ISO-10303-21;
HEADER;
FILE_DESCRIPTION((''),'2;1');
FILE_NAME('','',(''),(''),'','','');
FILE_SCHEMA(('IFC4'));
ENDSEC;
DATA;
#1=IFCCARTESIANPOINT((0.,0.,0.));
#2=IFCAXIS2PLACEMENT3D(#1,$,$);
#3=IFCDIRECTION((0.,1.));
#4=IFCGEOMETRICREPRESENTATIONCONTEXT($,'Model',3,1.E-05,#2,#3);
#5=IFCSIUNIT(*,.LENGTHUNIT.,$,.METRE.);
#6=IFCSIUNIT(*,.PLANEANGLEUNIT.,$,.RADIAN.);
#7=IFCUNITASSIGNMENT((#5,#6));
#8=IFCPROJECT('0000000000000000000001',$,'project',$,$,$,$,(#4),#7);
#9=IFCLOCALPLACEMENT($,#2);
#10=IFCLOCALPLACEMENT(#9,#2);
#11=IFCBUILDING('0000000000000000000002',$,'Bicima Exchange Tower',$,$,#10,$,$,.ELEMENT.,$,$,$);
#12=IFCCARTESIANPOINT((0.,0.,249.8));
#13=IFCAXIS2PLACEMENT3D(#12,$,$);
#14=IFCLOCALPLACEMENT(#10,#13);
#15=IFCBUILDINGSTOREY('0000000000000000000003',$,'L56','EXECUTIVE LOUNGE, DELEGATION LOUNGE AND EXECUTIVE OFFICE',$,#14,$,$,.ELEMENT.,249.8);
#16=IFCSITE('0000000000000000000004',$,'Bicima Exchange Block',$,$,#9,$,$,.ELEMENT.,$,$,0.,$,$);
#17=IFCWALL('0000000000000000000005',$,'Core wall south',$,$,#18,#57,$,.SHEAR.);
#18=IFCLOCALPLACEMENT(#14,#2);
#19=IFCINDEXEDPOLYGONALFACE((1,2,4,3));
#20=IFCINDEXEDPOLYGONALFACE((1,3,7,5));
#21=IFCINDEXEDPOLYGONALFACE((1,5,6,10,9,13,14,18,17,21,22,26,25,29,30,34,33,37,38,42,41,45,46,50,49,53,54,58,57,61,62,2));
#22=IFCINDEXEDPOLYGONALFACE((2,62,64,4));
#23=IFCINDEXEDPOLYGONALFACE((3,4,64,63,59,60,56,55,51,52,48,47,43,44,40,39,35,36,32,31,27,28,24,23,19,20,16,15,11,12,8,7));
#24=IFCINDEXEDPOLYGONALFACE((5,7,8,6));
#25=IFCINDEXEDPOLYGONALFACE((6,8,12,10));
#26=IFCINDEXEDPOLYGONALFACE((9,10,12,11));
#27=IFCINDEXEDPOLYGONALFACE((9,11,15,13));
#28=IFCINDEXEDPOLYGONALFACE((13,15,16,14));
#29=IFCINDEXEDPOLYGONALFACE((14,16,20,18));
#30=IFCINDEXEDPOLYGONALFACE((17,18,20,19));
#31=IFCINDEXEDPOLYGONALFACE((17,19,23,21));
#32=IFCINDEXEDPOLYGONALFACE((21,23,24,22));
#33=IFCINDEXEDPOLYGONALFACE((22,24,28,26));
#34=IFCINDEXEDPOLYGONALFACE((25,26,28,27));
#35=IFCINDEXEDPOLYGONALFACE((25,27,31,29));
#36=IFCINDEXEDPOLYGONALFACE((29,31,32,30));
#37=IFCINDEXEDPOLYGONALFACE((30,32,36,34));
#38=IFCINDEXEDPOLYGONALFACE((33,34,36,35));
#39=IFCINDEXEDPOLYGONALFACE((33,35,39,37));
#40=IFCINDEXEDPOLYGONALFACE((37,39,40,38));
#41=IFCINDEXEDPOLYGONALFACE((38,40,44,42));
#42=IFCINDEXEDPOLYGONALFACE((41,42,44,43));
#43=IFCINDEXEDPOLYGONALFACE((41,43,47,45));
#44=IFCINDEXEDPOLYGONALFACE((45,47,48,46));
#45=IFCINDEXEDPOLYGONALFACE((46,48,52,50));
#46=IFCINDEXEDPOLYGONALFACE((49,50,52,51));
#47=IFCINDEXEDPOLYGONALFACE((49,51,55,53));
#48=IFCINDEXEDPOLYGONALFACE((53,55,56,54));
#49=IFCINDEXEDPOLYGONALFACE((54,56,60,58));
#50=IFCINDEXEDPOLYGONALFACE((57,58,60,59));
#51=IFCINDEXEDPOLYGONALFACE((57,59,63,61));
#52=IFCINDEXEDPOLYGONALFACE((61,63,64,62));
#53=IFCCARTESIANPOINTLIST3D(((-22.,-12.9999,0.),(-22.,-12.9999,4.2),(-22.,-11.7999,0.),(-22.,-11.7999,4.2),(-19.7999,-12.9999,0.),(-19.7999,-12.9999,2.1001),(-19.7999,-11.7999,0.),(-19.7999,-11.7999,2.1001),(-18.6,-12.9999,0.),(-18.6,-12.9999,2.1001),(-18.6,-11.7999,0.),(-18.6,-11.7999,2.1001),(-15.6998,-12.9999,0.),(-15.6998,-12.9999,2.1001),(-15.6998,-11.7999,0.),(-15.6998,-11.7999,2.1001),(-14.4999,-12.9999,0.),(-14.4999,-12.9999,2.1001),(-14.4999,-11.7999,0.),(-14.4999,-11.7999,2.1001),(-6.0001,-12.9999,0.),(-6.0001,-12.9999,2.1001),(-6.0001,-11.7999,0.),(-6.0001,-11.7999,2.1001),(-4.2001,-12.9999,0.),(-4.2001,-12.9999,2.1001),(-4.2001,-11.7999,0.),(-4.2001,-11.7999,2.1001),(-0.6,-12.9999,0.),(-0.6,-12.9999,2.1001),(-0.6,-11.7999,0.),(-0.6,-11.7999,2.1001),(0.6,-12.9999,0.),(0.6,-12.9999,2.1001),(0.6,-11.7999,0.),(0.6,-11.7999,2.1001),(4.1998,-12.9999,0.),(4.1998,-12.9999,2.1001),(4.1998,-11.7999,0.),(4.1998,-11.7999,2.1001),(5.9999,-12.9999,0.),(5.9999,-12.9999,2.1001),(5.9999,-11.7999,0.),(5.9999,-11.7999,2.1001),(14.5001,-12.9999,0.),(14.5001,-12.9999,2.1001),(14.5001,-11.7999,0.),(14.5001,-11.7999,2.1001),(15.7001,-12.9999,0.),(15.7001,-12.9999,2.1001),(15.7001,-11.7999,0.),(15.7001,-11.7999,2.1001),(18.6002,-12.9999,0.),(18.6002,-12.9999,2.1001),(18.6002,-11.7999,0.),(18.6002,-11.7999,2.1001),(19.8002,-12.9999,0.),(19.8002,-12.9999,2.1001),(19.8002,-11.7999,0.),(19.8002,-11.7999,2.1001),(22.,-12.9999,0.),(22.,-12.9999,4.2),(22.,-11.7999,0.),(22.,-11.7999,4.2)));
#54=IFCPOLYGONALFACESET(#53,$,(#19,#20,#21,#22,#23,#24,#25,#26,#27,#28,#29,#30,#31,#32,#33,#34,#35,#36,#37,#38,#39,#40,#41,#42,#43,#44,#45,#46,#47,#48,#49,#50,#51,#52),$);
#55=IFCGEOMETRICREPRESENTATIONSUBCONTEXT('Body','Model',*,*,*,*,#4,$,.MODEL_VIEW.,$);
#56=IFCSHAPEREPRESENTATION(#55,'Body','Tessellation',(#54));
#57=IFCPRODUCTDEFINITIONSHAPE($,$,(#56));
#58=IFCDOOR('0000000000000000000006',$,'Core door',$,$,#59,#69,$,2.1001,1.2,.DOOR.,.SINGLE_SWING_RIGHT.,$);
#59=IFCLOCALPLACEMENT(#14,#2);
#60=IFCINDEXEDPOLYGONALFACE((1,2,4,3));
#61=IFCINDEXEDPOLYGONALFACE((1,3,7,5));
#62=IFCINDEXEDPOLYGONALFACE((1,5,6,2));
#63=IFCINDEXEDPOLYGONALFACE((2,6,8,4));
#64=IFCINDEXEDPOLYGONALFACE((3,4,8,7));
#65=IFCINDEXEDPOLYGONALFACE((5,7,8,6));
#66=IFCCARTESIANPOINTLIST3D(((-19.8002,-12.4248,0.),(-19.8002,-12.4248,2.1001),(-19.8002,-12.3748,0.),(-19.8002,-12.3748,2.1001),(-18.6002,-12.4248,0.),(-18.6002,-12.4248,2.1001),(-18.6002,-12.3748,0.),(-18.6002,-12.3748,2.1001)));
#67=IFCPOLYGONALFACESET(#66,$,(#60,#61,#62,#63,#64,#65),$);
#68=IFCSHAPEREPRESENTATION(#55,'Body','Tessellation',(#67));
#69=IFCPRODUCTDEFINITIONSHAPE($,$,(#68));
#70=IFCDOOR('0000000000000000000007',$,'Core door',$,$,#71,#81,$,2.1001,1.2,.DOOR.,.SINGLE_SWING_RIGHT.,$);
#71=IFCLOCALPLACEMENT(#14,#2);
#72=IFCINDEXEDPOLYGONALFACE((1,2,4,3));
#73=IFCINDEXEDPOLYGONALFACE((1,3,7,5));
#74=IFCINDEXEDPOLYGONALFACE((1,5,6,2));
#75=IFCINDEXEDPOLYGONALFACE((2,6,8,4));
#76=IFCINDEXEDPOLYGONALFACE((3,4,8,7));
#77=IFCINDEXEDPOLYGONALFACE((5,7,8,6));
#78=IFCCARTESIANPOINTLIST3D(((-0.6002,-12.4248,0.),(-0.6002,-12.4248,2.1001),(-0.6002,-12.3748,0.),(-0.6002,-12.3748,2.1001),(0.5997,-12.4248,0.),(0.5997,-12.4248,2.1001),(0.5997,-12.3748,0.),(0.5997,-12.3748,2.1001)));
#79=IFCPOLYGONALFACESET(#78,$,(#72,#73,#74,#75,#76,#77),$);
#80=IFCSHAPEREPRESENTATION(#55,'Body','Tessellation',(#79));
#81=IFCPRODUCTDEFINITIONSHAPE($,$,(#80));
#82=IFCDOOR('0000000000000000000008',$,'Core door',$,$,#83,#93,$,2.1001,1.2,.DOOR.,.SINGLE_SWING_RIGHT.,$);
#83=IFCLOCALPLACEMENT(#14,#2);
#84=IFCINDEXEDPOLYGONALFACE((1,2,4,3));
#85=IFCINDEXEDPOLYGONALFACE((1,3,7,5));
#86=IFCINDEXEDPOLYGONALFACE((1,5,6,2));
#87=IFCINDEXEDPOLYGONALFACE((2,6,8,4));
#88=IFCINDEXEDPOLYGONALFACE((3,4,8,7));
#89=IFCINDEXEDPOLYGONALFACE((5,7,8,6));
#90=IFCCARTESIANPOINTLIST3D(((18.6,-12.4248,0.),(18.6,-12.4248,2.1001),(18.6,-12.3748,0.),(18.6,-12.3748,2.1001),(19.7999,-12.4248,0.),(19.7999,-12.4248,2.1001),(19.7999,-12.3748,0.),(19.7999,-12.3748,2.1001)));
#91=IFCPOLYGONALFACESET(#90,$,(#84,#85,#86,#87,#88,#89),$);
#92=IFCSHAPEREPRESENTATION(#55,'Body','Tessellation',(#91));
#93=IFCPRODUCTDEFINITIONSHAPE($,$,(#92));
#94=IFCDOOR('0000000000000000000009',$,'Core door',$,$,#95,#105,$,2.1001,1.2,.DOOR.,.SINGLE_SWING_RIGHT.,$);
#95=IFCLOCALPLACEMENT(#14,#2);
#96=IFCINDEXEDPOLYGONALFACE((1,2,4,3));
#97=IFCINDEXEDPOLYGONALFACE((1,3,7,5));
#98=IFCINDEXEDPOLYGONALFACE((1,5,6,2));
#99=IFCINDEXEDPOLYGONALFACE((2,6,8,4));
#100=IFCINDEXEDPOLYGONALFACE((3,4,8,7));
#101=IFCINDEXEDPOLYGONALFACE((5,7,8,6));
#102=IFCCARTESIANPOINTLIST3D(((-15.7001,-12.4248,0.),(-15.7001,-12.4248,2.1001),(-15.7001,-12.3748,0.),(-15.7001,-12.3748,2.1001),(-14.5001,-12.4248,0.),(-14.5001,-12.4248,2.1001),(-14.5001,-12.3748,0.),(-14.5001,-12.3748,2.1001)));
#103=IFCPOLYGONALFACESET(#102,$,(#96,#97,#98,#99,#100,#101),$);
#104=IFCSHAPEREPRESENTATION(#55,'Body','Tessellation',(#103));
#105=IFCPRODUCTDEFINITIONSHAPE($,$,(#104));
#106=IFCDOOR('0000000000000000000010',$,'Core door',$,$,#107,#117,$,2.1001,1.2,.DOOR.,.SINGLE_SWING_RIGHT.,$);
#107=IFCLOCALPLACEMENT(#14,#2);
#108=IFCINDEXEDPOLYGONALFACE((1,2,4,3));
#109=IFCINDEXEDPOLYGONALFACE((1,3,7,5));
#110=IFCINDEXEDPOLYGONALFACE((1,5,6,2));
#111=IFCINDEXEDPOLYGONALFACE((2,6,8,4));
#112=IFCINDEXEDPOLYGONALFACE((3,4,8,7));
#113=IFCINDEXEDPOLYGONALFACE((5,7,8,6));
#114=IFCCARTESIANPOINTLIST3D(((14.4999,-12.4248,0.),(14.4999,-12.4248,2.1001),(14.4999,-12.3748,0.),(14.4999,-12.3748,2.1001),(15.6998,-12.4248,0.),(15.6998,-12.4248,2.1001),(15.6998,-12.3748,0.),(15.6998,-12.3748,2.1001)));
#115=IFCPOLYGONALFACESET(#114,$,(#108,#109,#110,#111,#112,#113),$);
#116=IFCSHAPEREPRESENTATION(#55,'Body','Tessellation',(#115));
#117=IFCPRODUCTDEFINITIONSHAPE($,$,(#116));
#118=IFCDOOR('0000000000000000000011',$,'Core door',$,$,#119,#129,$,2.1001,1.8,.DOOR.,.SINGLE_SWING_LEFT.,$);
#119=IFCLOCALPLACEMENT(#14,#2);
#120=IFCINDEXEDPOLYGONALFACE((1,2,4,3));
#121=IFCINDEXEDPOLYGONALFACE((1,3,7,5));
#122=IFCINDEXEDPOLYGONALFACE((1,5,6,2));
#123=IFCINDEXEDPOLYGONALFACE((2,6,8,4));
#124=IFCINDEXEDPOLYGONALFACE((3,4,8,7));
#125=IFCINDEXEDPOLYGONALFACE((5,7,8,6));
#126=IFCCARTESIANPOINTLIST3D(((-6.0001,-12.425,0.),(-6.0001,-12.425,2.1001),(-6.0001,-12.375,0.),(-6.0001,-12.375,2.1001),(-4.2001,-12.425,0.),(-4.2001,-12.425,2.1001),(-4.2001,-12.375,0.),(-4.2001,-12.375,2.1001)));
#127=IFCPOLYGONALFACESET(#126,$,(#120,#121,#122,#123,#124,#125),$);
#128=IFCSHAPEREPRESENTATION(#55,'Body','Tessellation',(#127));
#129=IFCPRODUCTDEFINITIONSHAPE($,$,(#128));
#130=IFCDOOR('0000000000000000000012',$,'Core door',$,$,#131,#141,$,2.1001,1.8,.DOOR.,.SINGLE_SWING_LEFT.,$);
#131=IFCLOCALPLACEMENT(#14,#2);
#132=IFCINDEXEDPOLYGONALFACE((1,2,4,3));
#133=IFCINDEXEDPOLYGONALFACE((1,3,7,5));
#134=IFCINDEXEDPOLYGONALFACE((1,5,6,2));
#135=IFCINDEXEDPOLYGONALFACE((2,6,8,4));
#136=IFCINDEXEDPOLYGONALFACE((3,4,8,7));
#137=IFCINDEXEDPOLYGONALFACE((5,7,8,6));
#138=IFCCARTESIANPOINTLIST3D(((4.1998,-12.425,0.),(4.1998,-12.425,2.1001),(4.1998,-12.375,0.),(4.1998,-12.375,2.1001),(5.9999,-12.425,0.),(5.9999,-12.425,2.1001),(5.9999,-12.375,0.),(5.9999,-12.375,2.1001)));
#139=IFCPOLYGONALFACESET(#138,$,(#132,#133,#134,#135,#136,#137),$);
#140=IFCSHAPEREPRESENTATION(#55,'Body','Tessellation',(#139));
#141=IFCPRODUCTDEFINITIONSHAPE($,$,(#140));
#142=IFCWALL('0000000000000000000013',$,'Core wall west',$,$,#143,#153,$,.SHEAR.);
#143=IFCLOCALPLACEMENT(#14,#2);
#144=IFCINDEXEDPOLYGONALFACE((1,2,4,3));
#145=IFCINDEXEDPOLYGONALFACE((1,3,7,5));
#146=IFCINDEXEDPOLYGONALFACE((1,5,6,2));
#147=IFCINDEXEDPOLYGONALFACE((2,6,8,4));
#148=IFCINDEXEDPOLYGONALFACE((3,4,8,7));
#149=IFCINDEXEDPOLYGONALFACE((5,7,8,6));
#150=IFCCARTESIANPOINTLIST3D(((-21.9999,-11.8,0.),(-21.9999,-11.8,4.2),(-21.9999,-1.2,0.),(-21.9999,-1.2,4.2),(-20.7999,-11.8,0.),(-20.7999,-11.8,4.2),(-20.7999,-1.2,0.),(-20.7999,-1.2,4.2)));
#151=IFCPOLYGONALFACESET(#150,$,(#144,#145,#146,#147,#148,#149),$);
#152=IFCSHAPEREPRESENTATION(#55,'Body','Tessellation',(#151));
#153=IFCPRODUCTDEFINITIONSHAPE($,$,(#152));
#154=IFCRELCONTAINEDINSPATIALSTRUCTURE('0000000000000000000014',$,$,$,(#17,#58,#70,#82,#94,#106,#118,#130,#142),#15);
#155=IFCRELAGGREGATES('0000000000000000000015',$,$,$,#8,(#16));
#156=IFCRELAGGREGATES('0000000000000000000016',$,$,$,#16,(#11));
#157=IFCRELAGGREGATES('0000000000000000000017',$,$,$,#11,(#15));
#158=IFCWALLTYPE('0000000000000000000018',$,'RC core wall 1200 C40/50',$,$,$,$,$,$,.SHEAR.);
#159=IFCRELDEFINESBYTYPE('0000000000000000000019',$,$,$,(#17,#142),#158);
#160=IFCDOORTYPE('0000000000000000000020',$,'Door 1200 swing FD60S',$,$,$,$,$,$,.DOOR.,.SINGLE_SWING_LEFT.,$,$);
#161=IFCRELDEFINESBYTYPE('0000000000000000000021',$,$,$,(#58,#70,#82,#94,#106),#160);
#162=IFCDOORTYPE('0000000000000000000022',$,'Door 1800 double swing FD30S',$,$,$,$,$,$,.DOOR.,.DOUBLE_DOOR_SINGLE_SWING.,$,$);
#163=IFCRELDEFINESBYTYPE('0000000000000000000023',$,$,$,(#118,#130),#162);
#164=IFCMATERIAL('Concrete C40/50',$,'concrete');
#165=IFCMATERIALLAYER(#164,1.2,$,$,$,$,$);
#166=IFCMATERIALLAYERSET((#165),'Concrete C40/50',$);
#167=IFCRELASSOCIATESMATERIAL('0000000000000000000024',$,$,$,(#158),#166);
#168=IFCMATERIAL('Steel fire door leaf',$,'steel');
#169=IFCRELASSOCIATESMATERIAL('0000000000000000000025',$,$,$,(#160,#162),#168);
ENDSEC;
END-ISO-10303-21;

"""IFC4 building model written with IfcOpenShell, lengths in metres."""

from ifc_helpers import new_model, si_unit, direction, frame, frame_2d, origin, place, context, subcontext, project, spatial, rectangle, extrude, material, layer, layer_set, type_object, element, fill, save


model = new_model("IFC4")

# Units and contexts
model_context = context("Model", 3, precision=1e-05, world=origin(), true_north=direction((0.0, 1.0)))
body_context = subcontext(model_context, "Body", "Model", "MODEL_VIEW")
ifc_project = project(units=[si_unit("LENGTHUNIT", "METRE"), si_unit("PLANEANGLEUNIT", "RADIAN")], contexts=[model_context])

# Site, building, storey
site_placement = place(None, origin())
site = spatial("IfcSite", under=ifc_project, at=site_placement, Name="Bicima Exchange Block", CompositionType="ELEMENT", RefElevation=0.0)
building_placement = place(site_placement, origin())
building = spatial("IfcBuilding", under=site, at=building_placement, Name="Bicima Exchange Tower", CompositionType="ELEMENT")
storey_placement = place(building_placement, frame((0.0, 0.0, 249.8)))
storey = spatial("IfcBuildingStorey", under=building, at=storey_placement, Name="L56", Description="EXECUTIVE LOUNGE, DELEGATION LOUNGE AND EXECUTIVE OFFICE", CompositionType="ELEMENT", Elevation=249.8)

# Wall, openings, doors
ifc_material_1 = material(Name="Concrete C40/50", Category="concrete")
ifc_layer_1 = layer(ifc_material_1, 1.2)
ifc_layer_set_1 = layer_set([ifc_layer_1], Name="Concrete C40/50")
wall_type_1 = type_object("IfcWallType", Name="RC core wall 1200 C40/50", PredefinedType="SHEAR", material=ifc_layer_set_1)
wall_1_placement = place(storey_placement, frame((-22.0, -12.3999, 0.0), z_axis=(0.0, 0.0, 1.0), x_axis=(1.0, 0.0, 0.0)))
wall_1 = element("IfcWall", 1, at=wall_1_placement, inside=storey, type_object=wall_type_1, Name="Core wall south", PredefinedType="SHEAR", context=body_context, shape_type="SweptSolid", body=[
    extrude(rectangle(XDim=44.0, YDim=1.2, at=frame_2d((22.0, 0.0))), origin(), (0.0, 0.0, 1.0), 4.2),
])
opening_1_placement = place(wall_1_placement, frame((2.2, 0.0, 0.0)))
opening_1 = element("IfcOpeningElement", 2, at=opening_1_placement, cuts=wall_1, PredefinedType="OPENING", context=body_context, shape_type="SweptSolid", body=[
    extrude(rectangle(XDim=1.2, YDim=2.1001, at=frame_2d((0.6001, 1.05))), frame((0.0, 0.6118, 0.0), z_axis=(0.0, -1.0, 0.0), x_axis=(1.0, 0.0, 0.0)), (0.0, 0.0, 1.0), 1.2239),
])
opening_2_placement = place(wall_1_placement, frame((21.3999, 0.0, 0.0)))
opening_2 = element("IfcOpeningElement", 3, at=opening_2_placement, cuts=wall_1, PredefinedType="OPENING", context=body_context, shape_type="SweptSolid", body=[
    extrude(rectangle(XDim=1.2, YDim=2.1001, at=frame_2d((0.6001, 1.05))), frame((0.0, 0.6118, 0.0), z_axis=(0.0, -1.0, 0.0), x_axis=(1.0, 0.0, 0.0)), (0.0, 0.0, 1.0), 1.2239),
])
opening_3_placement = place(wall_1_placement, frame((40.6001, 0.0, 0.0)))
opening_3 = element("IfcOpeningElement", 4, at=opening_3_placement, cuts=wall_1, PredefinedType="OPENING", context=body_context, shape_type="SweptSolid", body=[
    extrude(rectangle(XDim=1.2, YDim=2.1001, at=frame_2d((0.6001, 1.05))), frame((0.0, 0.6118, 0.0), z_axis=(0.0, -1.0, 0.0), x_axis=(1.0, 0.0, 0.0)), (0.0, 0.0, 1.0), 1.2239),
])
opening_4_placement = place(wall_1_placement, frame((16.0, 0.0, 0.0)))
opening_4 = element("IfcOpeningElement", 5, at=opening_4_placement, cuts=wall_1, PredefinedType="OPENING", context=body_context, shape_type="SweptSolid", body=[
    extrude(rectangle(XDim=1.8, YDim=2.1001, at=frame_2d((0.8999, 1.05))), frame((0.0, 0.6118, 0.0), z_axis=(0.0, -1.0, 0.0), x_axis=(1.0, 0.0, 0.0)), (0.0, 0.0, 1.0), 1.2239),
])
opening_5_placement = place(wall_1_placement, frame((6.3, 0.0, 0.0)))
opening_5 = element("IfcOpeningElement", 6, at=opening_5_placement, cuts=wall_1, PredefinedType="OPENING", context=body_context, shape_type="SweptSolid", body=[
    extrude(rectangle(XDim=1.2, YDim=2.1001, at=frame_2d((0.6001, 1.05))), frame((0.0, 0.6118, 0.0), z_axis=(0.0, -1.0, 0.0), x_axis=(1.0, 0.0, 0.0)), (0.0, 0.0, 1.0), 1.2239),
])
opening_6_placement = place(wall_1_placement, frame((26.2, 0.0, 0.0)))
opening_6 = element("IfcOpeningElement", 7, at=opening_6_placement, cuts=wall_1, PredefinedType="OPENING", context=body_context, shape_type="SweptSolid", body=[
    extrude(rectangle(XDim=1.8, YDim=2.1001, at=frame_2d((0.8999, 1.05))), frame((0.0, 0.6118, 0.0), z_axis=(0.0, -1.0, 0.0), x_axis=(1.0, 0.0, 0.0)), (0.0, 0.0, 1.0), 1.2239),
])
opening_7_placement = place(wall_1_placement, frame((36.5, 0.0, 0.0)))
opening_7 = element("IfcOpeningElement", 8, at=opening_7_placement, cuts=wall_1, PredefinedType="OPENING", context=body_context, shape_type="SweptSolid", body=[
    extrude(rectangle(XDim=1.2, YDim=2.1001, at=frame_2d((0.6001, 1.05))), frame((0.0, 0.6118, 0.0), z_axis=(0.0, -1.0, 0.0), x_axis=(1.0, 0.0, 0.0)), (0.0, 0.0, 1.0), 1.2239),
])
ifc_material_2 = material(Name="Steel fire door leaf", Category="steel")
door_type_1 = type_object("IfcDoorType", Name="Door 1200 swing FD60S", OperationType="SINGLE_SWING_LEFT", PredefinedType="DOOR", material=ifc_material_2)
door_1_placement = place(opening_1_placement, frame((1.2, 0.0, 0.0), z_axis=(0.0, 0.0, 1.0), x_axis=(-1.0, 0.0, 0.0)))
door_1 = element("IfcDoor", 9, at=door_1_placement, inside=storey, type_object=door_type_1, Name="Core door", OperationType="SINGLE_SWING_RIGHT", OverallHeight=2.1001, OverallWidth=1.2, PredefinedType="DOOR", context=body_context, shape_type="SweptSolid", body=[
    extrude(rectangle(XDim=1.2, YDim=2.1001, at=frame_2d((0.6001, 1.05))), frame((0.0, 0.0249, 0.0), z_axis=(0.0, -1.0, 0.0), x_axis=(1.0, 0.0, 0.0)), (0.0, 0.0, 1.0), 0.05),
])
fill(opening_1, door_1)
door_2_placement = place(opening_2_placement, frame((1.2, 0.0, 0.0), z_axis=(0.0, 0.0, 1.0), x_axis=(-1.0, 0.0, 0.0)))
door_2 = element("IfcDoor", 10, at=door_2_placement, inside=storey, type_object=door_type_1, Name="Core door", OperationType="SINGLE_SWING_RIGHT", OverallHeight=2.1001, OverallWidth=1.2, PredefinedType="DOOR", context=body_context, shape_type="SweptSolid", body=[
    extrude(rectangle(XDim=1.2, YDim=2.1001, at=frame_2d((0.6001, 1.05))), frame((0.0, 0.0249, 0.0), z_axis=(0.0, -1.0, 0.0), x_axis=(1.0, 0.0, 0.0)), (0.0, 0.0, 1.0), 0.05),
])
fill(opening_2, door_2)
door_3_placement = place(opening_3_placement, frame((1.2, 0.0, 0.0), z_axis=(0.0, 0.0, 1.0), x_axis=(-1.0, 0.0, 0.0)))
door_3 = element("IfcDoor", 11, at=door_3_placement, inside=storey, type_object=door_type_1, Name="Core door", OperationType="SINGLE_SWING_RIGHT", OverallHeight=2.1001, OverallWidth=1.2, PredefinedType="DOOR", context=body_context, shape_type="SweptSolid", body=[
    extrude(rectangle(XDim=1.2, YDim=2.1001, at=frame_2d((0.6001, 1.05))), frame((0.0, 0.0249, 0.0), z_axis=(0.0, -1.0, 0.0), x_axis=(1.0, 0.0, 0.0)), (0.0, 0.0, 1.0), 0.05),
])
fill(opening_3, door_3)
door_4_placement = place(opening_5_placement, frame((1.2, 0.0, 0.0), z_axis=(0.0, 0.0, 1.0), x_axis=(-1.0, 0.0, 0.0)))
door_4 = element("IfcDoor", 12, at=door_4_placement, inside=storey, type_object=door_type_1, Name="Core door", OperationType="SINGLE_SWING_RIGHT", OverallHeight=2.1001, OverallWidth=1.2, PredefinedType="DOOR", context=body_context, shape_type="SweptSolid", body=[
    extrude(rectangle(XDim=1.2, YDim=2.1001, at=frame_2d((0.6001, 1.05))), frame((0.0, 0.0249, 0.0), z_axis=(0.0, -1.0, 0.0), x_axis=(1.0, 0.0, 0.0)), (0.0, 0.0, 1.0), 0.05),
])
fill(opening_5, door_4)
door_5_placement = place(opening_7_placement, frame((1.2, 0.0, 0.0), z_axis=(0.0, 0.0, 1.0), x_axis=(-1.0, 0.0, 0.0)))
door_5 = element("IfcDoor", 13, at=door_5_placement, inside=storey, type_object=door_type_1, Name="Core door", OperationType="SINGLE_SWING_RIGHT", OverallHeight=2.1001, OverallWidth=1.2, PredefinedType="DOOR", context=body_context, shape_type="SweptSolid", body=[
    extrude(rectangle(XDim=1.2, YDim=2.1001, at=frame_2d((0.6001, 1.05))), frame((0.0, 0.0249, 0.0), z_axis=(0.0, -1.0, 0.0), x_axis=(1.0, 0.0, 0.0)), (0.0, 0.0, 1.0), 0.05),
])
fill(opening_7, door_5)
door_type_2 = type_object("IfcDoorType", Name="Door 1800 double swing FD30S", OperationType="DOUBLE_DOOR_SINGLE_SWING", PredefinedType="DOOR", material=ifc_material_2)
door_6_placement = place(opening_4_placement, origin())
door_6 = element("IfcDoor", 14, at=door_6_placement, inside=storey, type_object=door_type_2, Name="Core door", OperationType="SINGLE_SWING_LEFT", OverallHeight=2.1001, OverallWidth=1.8, PredefinedType="DOOR", context=body_context, shape_type="SweptSolid", body=[
    extrude(rectangle(XDim=1.8, YDim=2.1001, at=frame_2d((0.8999, 1.05))), frame((0.0, 0.0249, 0.0), z_axis=(0.0, -1.0, 0.0), x_axis=(1.0, 0.0, 0.0)), (0.0, 0.0, 1.0), 0.05),
])
fill(opening_4, door_6)
door_7_placement = place(opening_6_placement, origin())
door_7 = element("IfcDoor", 15, at=door_7_placement, inside=storey, type_object=door_type_2, Name="Core door", OperationType="SINGLE_SWING_LEFT", OverallHeight=2.1001, OverallWidth=1.8, PredefinedType="DOOR", context=body_context, shape_type="SweptSolid", body=[
    extrude(rectangle(XDim=1.8, YDim=2.1001, at=frame_2d((0.8999, 1.05))), frame((0.0, 0.0249, 0.0), z_axis=(0.0, -1.0, 0.0), x_axis=(1.0, 0.0, 0.0)), (0.0, 0.0, 1.0), 0.05),
])
fill(opening_6, door_7)

# Wall
wall_2_placement = place(storey_placement, frame((-21.3999, -11.8, 0.0), z_axis=(0.0, 0.0, 1.0), x_axis=(0.0, 1.0, 0.0)))
element("IfcWall", 16, at=wall_2_placement, inside=storey, type_object=wall_type_1, Name="Core wall west", PredefinedType="SHEAR", context=body_context, shape_type="SweptSolid", body=[
    extrude(rectangle(XDim=10.6001, YDim=1.2, at=frame_2d((5.3, 0.0))), origin(), (0.0, 0.0, 1.0), 4.2),
])

save(model, "model.ifc")
